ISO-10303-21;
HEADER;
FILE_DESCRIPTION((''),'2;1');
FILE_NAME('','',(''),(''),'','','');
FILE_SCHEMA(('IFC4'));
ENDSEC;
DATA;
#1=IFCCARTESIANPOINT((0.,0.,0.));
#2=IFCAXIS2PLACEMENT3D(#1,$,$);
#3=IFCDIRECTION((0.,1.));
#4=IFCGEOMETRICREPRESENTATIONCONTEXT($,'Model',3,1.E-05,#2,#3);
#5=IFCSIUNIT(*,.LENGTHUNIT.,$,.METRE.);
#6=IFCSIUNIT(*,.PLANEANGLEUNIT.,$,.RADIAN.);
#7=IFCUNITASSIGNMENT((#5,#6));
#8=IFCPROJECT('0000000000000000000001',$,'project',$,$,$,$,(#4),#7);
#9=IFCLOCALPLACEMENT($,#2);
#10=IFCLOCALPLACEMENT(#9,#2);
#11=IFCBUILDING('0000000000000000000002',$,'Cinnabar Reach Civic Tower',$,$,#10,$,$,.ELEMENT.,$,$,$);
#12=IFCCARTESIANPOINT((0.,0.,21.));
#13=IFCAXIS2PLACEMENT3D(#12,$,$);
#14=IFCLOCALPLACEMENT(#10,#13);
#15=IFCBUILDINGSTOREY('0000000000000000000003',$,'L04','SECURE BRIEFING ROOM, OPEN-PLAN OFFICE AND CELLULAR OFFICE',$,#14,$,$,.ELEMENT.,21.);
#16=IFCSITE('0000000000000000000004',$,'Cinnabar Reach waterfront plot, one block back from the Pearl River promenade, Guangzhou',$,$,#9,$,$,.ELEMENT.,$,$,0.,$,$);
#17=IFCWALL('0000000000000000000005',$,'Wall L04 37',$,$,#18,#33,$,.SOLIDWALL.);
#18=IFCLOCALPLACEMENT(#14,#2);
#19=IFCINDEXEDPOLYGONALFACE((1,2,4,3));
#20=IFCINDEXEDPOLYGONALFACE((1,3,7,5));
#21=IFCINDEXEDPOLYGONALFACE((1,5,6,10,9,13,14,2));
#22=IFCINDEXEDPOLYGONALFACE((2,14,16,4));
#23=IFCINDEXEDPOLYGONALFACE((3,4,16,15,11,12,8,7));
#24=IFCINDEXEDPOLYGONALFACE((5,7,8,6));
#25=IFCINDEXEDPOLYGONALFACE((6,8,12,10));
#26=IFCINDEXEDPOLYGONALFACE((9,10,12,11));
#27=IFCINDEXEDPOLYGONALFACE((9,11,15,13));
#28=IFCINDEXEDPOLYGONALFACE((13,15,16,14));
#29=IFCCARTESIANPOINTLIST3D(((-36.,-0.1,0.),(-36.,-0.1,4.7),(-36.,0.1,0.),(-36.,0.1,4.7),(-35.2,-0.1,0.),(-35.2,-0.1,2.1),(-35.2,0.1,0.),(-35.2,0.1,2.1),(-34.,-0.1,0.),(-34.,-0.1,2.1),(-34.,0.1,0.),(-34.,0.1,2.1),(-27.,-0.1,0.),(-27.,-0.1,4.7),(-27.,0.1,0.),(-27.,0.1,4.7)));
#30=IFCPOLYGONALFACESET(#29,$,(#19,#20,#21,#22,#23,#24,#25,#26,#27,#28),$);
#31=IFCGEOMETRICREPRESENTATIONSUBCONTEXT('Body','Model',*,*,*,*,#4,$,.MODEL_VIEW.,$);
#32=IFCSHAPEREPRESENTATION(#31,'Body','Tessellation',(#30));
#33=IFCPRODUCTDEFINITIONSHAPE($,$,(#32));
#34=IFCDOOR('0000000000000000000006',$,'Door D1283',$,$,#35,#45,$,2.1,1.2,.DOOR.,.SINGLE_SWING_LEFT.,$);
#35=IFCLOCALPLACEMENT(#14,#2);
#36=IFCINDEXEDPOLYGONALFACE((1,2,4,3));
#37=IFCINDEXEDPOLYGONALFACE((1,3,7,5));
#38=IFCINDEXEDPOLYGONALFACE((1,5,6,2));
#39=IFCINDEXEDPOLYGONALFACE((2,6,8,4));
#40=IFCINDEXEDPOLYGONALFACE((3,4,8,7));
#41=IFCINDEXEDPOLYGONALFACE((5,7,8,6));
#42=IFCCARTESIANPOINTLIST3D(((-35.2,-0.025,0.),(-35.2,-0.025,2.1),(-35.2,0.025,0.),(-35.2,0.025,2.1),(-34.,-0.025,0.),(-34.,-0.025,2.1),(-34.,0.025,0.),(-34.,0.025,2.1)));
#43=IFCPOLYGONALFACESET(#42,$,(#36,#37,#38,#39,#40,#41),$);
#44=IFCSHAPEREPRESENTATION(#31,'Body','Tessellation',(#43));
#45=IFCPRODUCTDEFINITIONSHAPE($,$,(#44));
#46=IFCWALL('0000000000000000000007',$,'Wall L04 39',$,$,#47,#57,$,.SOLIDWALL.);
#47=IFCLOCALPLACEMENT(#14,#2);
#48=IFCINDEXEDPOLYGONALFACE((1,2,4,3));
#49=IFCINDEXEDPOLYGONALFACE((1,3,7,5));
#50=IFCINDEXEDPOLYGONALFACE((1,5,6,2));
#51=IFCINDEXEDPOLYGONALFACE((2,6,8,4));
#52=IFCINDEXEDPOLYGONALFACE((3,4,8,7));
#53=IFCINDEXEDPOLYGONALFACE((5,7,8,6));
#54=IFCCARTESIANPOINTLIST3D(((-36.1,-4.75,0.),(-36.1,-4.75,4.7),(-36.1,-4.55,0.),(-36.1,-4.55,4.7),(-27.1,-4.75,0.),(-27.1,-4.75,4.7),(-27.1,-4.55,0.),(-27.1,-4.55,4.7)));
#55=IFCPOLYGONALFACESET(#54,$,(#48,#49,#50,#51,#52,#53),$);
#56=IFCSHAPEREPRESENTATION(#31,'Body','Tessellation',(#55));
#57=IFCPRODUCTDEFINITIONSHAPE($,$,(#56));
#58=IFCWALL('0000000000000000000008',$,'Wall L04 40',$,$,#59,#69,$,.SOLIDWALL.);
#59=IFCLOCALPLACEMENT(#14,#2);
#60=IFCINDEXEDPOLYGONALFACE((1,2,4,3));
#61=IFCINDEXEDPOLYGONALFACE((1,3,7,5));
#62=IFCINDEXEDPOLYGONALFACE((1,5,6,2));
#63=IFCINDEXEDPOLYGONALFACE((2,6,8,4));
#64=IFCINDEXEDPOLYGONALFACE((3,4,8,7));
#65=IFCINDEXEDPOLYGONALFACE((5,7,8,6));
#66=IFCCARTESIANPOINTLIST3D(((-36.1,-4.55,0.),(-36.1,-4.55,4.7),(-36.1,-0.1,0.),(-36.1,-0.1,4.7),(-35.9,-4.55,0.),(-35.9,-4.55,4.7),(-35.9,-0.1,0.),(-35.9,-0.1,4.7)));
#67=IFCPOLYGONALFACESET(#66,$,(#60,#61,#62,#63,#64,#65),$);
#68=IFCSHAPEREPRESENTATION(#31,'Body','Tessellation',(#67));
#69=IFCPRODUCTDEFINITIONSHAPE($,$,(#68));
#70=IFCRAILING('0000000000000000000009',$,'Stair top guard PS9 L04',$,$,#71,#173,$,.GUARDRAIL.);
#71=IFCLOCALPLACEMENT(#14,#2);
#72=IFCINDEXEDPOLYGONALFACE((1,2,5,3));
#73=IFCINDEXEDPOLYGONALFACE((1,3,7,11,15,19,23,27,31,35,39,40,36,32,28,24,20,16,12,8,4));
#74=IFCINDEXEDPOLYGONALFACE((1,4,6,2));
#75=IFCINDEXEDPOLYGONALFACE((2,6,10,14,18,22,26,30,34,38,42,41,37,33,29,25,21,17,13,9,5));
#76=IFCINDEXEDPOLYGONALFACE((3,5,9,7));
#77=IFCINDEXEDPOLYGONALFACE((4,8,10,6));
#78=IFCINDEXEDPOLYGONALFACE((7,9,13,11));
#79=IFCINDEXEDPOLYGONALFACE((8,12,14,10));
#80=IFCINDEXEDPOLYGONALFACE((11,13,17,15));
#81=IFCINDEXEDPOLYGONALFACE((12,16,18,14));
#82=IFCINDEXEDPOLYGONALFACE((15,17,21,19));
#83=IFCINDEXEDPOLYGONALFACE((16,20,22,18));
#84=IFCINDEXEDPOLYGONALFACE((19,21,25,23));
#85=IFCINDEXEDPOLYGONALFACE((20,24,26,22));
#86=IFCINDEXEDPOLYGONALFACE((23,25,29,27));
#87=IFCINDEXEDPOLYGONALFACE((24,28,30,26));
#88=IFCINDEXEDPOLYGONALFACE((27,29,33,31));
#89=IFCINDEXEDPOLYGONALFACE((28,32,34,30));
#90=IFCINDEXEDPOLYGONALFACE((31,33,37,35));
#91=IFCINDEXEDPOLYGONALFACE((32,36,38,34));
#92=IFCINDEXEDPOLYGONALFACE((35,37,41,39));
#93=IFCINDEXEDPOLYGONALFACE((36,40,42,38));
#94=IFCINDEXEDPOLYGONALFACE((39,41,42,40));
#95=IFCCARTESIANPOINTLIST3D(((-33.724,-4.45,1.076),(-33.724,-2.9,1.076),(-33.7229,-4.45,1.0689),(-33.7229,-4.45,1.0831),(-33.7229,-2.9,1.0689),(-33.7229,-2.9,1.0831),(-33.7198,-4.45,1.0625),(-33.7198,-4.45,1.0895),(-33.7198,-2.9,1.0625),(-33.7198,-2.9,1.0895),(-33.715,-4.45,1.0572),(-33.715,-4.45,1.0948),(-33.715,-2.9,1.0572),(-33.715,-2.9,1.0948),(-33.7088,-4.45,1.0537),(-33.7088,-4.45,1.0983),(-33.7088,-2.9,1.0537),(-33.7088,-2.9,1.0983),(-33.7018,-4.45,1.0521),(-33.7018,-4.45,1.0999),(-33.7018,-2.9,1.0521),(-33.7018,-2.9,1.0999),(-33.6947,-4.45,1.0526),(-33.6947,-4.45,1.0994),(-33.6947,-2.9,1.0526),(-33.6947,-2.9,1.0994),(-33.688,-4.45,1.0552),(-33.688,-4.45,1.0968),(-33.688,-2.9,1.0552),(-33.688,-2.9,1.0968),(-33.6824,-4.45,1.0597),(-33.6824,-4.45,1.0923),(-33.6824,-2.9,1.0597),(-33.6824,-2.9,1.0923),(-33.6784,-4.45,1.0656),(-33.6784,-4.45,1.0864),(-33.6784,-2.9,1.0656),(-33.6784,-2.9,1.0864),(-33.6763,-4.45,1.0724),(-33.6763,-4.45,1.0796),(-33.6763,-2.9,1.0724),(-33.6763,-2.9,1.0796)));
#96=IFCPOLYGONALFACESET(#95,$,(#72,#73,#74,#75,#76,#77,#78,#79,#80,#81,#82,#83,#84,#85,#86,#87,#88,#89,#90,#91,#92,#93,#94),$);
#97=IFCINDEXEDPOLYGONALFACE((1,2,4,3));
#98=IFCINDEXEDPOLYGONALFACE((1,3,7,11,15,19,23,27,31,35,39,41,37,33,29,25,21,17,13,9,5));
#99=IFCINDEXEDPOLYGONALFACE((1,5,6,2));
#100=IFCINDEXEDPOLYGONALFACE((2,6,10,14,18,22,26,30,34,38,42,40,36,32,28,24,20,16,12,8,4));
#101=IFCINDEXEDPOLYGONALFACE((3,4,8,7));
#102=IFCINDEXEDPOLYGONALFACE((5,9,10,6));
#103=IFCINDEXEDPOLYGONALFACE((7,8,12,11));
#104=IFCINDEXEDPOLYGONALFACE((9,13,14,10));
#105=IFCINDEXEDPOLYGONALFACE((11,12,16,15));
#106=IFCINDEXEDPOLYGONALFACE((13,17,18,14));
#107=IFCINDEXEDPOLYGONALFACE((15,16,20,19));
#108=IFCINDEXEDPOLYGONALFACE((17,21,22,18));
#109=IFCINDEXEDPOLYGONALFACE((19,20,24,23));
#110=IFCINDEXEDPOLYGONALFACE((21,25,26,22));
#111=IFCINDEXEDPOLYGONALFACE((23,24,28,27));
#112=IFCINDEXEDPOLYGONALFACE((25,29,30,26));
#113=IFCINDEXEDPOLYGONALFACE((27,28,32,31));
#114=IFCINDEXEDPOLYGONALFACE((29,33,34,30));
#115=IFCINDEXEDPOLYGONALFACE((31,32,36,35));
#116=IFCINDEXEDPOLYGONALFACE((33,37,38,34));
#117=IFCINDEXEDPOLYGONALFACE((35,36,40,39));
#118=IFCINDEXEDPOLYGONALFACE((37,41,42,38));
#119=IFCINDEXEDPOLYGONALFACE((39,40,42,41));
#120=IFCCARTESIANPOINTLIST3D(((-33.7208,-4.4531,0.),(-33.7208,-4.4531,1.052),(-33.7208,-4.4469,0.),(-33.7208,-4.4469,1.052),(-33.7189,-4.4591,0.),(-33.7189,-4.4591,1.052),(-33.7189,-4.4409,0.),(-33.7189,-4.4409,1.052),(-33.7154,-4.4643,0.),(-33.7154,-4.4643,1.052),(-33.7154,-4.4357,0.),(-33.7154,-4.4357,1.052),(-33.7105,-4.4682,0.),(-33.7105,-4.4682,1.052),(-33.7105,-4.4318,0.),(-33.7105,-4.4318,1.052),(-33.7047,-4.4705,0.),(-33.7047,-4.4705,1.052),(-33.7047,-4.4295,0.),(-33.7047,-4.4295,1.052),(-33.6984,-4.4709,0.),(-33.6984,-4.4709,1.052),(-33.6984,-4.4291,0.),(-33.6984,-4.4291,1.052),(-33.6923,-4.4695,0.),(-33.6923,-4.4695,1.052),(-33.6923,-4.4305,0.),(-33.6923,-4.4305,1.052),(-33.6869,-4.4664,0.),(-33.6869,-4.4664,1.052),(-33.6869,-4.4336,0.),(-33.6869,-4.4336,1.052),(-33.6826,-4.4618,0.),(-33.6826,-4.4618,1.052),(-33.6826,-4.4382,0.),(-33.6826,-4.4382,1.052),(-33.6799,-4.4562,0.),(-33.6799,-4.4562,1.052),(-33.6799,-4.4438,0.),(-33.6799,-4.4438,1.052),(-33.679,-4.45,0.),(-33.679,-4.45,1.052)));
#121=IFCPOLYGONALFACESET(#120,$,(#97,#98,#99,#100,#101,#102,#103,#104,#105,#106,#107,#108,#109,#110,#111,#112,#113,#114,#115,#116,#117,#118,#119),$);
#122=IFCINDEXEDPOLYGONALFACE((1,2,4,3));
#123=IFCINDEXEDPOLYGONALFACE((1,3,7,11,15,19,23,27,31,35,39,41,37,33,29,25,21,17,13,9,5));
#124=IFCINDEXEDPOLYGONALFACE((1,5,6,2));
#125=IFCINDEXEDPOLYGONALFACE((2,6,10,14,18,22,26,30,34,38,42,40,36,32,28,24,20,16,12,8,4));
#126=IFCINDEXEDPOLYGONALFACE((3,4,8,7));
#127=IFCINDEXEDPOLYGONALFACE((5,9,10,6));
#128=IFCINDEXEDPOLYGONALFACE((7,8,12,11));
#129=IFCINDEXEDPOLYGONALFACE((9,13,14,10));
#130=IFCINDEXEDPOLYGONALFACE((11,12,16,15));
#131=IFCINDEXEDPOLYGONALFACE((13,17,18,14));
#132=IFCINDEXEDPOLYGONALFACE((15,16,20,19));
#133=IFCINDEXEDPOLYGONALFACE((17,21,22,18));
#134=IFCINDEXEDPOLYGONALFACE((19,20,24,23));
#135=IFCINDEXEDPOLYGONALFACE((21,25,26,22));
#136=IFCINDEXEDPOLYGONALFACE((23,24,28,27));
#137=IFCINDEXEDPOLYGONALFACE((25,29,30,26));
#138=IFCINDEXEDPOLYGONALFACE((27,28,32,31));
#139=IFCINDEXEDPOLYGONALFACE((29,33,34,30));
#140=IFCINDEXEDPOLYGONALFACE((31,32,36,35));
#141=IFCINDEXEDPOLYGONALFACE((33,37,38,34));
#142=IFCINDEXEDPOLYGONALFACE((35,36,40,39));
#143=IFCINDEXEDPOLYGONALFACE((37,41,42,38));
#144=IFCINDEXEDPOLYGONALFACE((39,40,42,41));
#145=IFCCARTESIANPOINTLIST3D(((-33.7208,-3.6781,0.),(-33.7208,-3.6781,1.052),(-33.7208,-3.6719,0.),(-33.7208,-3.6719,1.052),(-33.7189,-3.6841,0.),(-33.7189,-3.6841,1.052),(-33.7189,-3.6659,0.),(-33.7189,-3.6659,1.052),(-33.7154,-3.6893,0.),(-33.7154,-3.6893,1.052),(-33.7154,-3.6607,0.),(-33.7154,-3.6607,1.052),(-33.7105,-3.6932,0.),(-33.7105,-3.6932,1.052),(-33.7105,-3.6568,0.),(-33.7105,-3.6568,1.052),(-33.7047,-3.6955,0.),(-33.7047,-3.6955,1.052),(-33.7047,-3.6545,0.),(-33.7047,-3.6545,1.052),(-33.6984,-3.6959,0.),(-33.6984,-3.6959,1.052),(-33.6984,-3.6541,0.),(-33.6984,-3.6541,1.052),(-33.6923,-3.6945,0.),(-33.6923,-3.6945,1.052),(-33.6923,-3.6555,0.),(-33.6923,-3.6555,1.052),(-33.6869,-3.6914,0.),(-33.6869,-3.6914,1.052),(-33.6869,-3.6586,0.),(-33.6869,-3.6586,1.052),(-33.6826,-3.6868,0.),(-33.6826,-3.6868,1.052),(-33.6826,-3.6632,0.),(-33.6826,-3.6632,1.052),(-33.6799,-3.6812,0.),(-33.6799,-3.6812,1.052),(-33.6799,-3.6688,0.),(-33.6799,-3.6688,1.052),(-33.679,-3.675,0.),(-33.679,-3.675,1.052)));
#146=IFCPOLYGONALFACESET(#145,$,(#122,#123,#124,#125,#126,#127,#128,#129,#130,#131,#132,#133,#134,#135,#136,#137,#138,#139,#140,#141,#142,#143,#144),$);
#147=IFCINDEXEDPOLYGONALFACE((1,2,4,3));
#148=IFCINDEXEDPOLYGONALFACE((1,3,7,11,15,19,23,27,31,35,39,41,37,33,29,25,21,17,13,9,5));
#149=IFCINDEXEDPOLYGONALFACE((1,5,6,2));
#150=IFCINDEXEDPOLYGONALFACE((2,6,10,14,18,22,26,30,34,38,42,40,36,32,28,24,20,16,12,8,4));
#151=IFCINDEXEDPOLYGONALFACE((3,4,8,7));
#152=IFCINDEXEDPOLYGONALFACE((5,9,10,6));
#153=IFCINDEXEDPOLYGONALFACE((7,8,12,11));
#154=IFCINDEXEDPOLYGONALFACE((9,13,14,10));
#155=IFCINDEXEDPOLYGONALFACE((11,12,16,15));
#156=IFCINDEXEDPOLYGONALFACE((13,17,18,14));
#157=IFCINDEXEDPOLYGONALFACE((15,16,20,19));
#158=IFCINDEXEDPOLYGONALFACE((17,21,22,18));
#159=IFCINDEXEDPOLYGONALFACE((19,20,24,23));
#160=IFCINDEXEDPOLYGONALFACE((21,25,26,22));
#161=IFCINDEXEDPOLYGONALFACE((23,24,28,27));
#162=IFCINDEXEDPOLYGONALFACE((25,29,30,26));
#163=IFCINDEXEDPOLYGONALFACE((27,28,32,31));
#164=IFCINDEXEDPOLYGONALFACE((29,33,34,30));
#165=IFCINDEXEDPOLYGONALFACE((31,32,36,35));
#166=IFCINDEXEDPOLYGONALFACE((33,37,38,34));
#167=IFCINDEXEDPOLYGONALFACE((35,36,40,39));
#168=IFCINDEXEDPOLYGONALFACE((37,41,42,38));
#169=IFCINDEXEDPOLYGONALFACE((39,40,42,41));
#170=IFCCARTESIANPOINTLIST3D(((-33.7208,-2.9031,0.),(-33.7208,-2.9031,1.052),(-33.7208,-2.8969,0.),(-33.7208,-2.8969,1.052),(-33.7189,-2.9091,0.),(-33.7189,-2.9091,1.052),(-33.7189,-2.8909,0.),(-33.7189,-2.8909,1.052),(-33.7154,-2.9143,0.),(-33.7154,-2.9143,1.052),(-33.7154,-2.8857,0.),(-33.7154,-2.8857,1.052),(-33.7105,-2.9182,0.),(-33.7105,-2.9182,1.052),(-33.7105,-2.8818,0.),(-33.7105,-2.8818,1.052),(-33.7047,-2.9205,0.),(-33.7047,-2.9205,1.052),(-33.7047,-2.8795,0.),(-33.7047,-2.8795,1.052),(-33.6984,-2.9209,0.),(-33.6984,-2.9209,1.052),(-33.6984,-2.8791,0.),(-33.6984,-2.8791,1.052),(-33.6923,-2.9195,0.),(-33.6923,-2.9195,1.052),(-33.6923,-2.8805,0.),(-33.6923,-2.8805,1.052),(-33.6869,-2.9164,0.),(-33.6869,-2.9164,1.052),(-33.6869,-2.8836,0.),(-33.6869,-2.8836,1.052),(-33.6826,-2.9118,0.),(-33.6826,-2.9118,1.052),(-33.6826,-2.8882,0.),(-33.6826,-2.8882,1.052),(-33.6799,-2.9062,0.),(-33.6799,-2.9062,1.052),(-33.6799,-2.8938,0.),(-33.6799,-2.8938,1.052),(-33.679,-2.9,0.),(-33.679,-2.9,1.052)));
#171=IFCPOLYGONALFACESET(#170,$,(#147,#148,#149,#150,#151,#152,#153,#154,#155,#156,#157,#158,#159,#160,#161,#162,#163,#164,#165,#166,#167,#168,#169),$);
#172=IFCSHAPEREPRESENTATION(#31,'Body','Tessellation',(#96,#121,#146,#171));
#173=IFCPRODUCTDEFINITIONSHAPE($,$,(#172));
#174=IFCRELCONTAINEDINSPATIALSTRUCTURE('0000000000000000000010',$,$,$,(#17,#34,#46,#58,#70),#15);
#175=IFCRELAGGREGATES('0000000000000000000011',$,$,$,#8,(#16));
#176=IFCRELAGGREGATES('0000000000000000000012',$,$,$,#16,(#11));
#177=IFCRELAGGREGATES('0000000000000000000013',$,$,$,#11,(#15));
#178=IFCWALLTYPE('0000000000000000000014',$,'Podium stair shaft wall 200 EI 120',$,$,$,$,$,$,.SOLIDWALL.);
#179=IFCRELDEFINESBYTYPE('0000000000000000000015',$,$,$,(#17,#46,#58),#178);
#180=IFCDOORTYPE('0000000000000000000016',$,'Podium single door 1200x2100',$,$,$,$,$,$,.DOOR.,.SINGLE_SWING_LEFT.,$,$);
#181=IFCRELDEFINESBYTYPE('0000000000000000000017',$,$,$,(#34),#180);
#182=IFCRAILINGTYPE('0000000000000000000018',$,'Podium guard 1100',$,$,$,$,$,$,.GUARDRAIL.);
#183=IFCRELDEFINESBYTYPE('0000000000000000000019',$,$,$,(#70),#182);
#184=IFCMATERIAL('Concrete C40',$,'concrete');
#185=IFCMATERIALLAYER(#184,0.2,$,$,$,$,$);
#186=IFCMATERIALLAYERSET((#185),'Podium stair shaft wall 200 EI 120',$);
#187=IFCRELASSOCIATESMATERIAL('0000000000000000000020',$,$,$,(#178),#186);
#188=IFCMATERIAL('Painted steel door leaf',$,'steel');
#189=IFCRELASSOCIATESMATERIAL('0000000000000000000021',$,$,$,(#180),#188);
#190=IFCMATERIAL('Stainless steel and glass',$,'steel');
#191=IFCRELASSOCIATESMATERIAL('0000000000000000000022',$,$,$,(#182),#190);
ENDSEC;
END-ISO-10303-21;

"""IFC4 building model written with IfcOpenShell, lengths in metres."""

from ifc_helpers import new_model, si_unit, direction, frame, frame_2d, origin, origin_2d, place, context, subcontext, project, spatial, rectangle, circle, extrude, material, layer, layer_set, type_object, element, fill, save


model = new_model("IFC4")

# Units and contexts
model_context = context("Model", 3, precision=1e-05, world=origin(), true_north=direction((0.0, 1.0)))
body_context = subcontext(model_context, "Body", "Model", "MODEL_VIEW")
ifc_project = project(units=[si_unit("LENGTHUNIT", "METRE"), si_unit("PLANEANGLEUNIT", "RADIAN")], contexts=[model_context])

# Site, building, storey
site_placement = place(None, origin())
site = spatial("IfcSite", under=ifc_project, at=site_placement, Name="Cinnabar Reach waterfront plot, one block back from the Pearl River promenade, Guangzhou", CompositionType="ELEMENT", RefElevation=0.0)
building_placement = place(site_placement, origin())
building = spatial("IfcBuilding", under=site, at=building_placement, Name="Cinnabar Reach Civic Tower", CompositionType="ELEMENT")
storey_placement = place(building_placement, frame((0.0, 0.0, 21.0)))
storey = spatial("IfcBuildingStorey", under=building, at=storey_placement, Name="L04", Description="SECURE BRIEFING ROOM, OPEN-PLAN OFFICE AND CELLULAR OFFICE", CompositionType="ELEMENT", Elevation=21.0)

# Shared definitions
ifc_material_1 = material(Name="Painted steel door leaf", Category="steel")

# Wall, opening, door
ifc_material_2 = material(Name="Concrete C40", Category="concrete")
ifc_layer_1 = layer(ifc_material_2, 0.2)
ifc_layer_set_1 = layer_set([ifc_layer_1], Name="Podium stair shaft wall 200 EI 120")
wall_type_1 = type_object("IfcWallType", Name="Podium stair shaft wall 200 EI 120", PredefinedType="SOLIDWALL", material=ifc_layer_set_1)
wall_1_placement = place(storey_placement, frame((-36.0, 0.0, 0.0), z_axis=(0.0, 0.0, 1.0), x_axis=(1.0, 0.0, 0.0)))
wall_1 = element("IfcWall", 1, at=wall_1_placement, inside=storey, type_object=wall_type_1, Name="Wall L04 37", PredefinedType="SOLIDWALL", context=body_context, shape_type="SweptSolid", body=[
    extrude(rectangle(XDim=9.0, YDim=0.2, at=frame_2d((4.5, 0.0))), origin(), (0.0, 0.0, 1.0), 4.7),
])
opening_1_placement = place(wall_1_placement, frame((0.8, 0.0, 0.0)))
opening_1 = element("IfcOpeningElement", 2, at=opening_1_placement, cuts=wall_1, PredefinedType="OPENING", context=body_context, shape_type="SweptSolid", body=[
    extrude(rectangle(XDim=1.2, YDim=2.1, at=frame_2d((0.6, 1.05))), frame((0.0, 0.11, 0.0), z_axis=(0.0, -1.0, 0.0), x_axis=(1.0, 0.0, 0.0)), (0.0, 0.0, 1.0), 0.22),
])
door_type_1 = type_object("IfcDoorType", Name="Podium single door 1200x2100", OperationType="SINGLE_SWING_LEFT", PredefinedType="DOOR", material=ifc_material_1)
door_1_placement = place(opening_1_placement, frame((1.2, 0.0, 0.0), z_axis=(0.0, 0.0, 1.0), x_axis=(-1.0, 0.0, 0.0)))
door_1 = element("IfcDoor", 3, at=door_1_placement, inside=storey, type_object=door_type_1, Name="Door D1283", OperationType="SINGLE_SWING_LEFT", OverallHeight=2.1, OverallWidth=1.2, PredefinedType="DOOR", context=body_context, shape_type="SweptSolid", body=[
    extrude(rectangle(XDim=1.2, YDim=2.1, at=frame_2d((0.6, 1.05))), frame((0.0, 0.025, 0.0), z_axis=(0.0, -1.0, 0.0), x_axis=(1.0, 0.0, 0.0)), (0.0, 0.0, 1.0), 0.05),
])
fill(opening_1, door_1)

# Walls
wall_2_placement = place(storey_placement, frame((-36.1, -4.65, 0.0), z_axis=(0.0, 0.0, 1.0), x_axis=(1.0, 0.0, 0.0)))
element("IfcWall", 4, at=wall_2_placement, inside=storey, type_object=wall_type_1, Name="Wall L04 39", PredefinedType="SOLIDWALL", context=body_context, shape_type="SweptSolid", body=[
    extrude(rectangle(XDim=9.0, YDim=0.2, at=frame_2d((4.5, 0.0))), origin(), (0.0, 0.0, 1.0), 4.7),
])
wall_3_placement = place(storey_placement, frame((-36.0, -4.55, 0.0), z_axis=(0.0, 0.0, 1.0), x_axis=(0.0, 1.0, 0.0)))
element("IfcWall", 5, at=wall_3_placement, inside=storey, type_object=wall_type_1, Name="Wall L04 40", PredefinedType="SOLIDWALL", context=body_context, shape_type="SweptSolid", body=[
    extrude(rectangle(XDim=4.45, YDim=0.2, at=frame_2d((2.225, 0.0))), origin(), (0.0, 0.0, 1.0), 4.7),
])

# Railing
ifc_material_3 = material(Name="Stainless steel and glass", Category="steel")
railing_type = type_object("IfcRailingType", Name="Podium guard 1100", PredefinedType="GUARDRAIL", material=ifc_material_3)
railing_1_placement = place(storey_placement, frame((-33.7, -4.45, 0.0)))
element("IfcRailing", 6, at=railing_1_placement, inside=storey, type_object=railing_type, Name="Stair top guard PS9 L04", PredefinedType="GUARDRAIL", context=body_context, shape_type="SweptSolid", body=[
    extrude(circle(Radius=0.024, at=origin_2d()), frame((0.0, 0.0, 1.076), z_axis=(0.0, 1.0, 0.0), x_axis=(-1.0, 0.0, 0.0)), (0.0, 0.0, 1.0), 1.55),
    extrude(circle(Radius=0.021, at=origin_2d()), origin(), (0.0, 0.0, 1.0), 1.052),
    extrude(circle(Radius=0.021, at=origin_2d()), frame((0.0, 0.775, 0.0)), (0.0, 0.0, 1.0), 1.052),
    extrude(circle(Radius=0.021, at=origin_2d()), frame((0.0, 1.55, 0.0)), (0.0, 0.0, 1.0), 1.052),
])

save(model, "model.ifc")
